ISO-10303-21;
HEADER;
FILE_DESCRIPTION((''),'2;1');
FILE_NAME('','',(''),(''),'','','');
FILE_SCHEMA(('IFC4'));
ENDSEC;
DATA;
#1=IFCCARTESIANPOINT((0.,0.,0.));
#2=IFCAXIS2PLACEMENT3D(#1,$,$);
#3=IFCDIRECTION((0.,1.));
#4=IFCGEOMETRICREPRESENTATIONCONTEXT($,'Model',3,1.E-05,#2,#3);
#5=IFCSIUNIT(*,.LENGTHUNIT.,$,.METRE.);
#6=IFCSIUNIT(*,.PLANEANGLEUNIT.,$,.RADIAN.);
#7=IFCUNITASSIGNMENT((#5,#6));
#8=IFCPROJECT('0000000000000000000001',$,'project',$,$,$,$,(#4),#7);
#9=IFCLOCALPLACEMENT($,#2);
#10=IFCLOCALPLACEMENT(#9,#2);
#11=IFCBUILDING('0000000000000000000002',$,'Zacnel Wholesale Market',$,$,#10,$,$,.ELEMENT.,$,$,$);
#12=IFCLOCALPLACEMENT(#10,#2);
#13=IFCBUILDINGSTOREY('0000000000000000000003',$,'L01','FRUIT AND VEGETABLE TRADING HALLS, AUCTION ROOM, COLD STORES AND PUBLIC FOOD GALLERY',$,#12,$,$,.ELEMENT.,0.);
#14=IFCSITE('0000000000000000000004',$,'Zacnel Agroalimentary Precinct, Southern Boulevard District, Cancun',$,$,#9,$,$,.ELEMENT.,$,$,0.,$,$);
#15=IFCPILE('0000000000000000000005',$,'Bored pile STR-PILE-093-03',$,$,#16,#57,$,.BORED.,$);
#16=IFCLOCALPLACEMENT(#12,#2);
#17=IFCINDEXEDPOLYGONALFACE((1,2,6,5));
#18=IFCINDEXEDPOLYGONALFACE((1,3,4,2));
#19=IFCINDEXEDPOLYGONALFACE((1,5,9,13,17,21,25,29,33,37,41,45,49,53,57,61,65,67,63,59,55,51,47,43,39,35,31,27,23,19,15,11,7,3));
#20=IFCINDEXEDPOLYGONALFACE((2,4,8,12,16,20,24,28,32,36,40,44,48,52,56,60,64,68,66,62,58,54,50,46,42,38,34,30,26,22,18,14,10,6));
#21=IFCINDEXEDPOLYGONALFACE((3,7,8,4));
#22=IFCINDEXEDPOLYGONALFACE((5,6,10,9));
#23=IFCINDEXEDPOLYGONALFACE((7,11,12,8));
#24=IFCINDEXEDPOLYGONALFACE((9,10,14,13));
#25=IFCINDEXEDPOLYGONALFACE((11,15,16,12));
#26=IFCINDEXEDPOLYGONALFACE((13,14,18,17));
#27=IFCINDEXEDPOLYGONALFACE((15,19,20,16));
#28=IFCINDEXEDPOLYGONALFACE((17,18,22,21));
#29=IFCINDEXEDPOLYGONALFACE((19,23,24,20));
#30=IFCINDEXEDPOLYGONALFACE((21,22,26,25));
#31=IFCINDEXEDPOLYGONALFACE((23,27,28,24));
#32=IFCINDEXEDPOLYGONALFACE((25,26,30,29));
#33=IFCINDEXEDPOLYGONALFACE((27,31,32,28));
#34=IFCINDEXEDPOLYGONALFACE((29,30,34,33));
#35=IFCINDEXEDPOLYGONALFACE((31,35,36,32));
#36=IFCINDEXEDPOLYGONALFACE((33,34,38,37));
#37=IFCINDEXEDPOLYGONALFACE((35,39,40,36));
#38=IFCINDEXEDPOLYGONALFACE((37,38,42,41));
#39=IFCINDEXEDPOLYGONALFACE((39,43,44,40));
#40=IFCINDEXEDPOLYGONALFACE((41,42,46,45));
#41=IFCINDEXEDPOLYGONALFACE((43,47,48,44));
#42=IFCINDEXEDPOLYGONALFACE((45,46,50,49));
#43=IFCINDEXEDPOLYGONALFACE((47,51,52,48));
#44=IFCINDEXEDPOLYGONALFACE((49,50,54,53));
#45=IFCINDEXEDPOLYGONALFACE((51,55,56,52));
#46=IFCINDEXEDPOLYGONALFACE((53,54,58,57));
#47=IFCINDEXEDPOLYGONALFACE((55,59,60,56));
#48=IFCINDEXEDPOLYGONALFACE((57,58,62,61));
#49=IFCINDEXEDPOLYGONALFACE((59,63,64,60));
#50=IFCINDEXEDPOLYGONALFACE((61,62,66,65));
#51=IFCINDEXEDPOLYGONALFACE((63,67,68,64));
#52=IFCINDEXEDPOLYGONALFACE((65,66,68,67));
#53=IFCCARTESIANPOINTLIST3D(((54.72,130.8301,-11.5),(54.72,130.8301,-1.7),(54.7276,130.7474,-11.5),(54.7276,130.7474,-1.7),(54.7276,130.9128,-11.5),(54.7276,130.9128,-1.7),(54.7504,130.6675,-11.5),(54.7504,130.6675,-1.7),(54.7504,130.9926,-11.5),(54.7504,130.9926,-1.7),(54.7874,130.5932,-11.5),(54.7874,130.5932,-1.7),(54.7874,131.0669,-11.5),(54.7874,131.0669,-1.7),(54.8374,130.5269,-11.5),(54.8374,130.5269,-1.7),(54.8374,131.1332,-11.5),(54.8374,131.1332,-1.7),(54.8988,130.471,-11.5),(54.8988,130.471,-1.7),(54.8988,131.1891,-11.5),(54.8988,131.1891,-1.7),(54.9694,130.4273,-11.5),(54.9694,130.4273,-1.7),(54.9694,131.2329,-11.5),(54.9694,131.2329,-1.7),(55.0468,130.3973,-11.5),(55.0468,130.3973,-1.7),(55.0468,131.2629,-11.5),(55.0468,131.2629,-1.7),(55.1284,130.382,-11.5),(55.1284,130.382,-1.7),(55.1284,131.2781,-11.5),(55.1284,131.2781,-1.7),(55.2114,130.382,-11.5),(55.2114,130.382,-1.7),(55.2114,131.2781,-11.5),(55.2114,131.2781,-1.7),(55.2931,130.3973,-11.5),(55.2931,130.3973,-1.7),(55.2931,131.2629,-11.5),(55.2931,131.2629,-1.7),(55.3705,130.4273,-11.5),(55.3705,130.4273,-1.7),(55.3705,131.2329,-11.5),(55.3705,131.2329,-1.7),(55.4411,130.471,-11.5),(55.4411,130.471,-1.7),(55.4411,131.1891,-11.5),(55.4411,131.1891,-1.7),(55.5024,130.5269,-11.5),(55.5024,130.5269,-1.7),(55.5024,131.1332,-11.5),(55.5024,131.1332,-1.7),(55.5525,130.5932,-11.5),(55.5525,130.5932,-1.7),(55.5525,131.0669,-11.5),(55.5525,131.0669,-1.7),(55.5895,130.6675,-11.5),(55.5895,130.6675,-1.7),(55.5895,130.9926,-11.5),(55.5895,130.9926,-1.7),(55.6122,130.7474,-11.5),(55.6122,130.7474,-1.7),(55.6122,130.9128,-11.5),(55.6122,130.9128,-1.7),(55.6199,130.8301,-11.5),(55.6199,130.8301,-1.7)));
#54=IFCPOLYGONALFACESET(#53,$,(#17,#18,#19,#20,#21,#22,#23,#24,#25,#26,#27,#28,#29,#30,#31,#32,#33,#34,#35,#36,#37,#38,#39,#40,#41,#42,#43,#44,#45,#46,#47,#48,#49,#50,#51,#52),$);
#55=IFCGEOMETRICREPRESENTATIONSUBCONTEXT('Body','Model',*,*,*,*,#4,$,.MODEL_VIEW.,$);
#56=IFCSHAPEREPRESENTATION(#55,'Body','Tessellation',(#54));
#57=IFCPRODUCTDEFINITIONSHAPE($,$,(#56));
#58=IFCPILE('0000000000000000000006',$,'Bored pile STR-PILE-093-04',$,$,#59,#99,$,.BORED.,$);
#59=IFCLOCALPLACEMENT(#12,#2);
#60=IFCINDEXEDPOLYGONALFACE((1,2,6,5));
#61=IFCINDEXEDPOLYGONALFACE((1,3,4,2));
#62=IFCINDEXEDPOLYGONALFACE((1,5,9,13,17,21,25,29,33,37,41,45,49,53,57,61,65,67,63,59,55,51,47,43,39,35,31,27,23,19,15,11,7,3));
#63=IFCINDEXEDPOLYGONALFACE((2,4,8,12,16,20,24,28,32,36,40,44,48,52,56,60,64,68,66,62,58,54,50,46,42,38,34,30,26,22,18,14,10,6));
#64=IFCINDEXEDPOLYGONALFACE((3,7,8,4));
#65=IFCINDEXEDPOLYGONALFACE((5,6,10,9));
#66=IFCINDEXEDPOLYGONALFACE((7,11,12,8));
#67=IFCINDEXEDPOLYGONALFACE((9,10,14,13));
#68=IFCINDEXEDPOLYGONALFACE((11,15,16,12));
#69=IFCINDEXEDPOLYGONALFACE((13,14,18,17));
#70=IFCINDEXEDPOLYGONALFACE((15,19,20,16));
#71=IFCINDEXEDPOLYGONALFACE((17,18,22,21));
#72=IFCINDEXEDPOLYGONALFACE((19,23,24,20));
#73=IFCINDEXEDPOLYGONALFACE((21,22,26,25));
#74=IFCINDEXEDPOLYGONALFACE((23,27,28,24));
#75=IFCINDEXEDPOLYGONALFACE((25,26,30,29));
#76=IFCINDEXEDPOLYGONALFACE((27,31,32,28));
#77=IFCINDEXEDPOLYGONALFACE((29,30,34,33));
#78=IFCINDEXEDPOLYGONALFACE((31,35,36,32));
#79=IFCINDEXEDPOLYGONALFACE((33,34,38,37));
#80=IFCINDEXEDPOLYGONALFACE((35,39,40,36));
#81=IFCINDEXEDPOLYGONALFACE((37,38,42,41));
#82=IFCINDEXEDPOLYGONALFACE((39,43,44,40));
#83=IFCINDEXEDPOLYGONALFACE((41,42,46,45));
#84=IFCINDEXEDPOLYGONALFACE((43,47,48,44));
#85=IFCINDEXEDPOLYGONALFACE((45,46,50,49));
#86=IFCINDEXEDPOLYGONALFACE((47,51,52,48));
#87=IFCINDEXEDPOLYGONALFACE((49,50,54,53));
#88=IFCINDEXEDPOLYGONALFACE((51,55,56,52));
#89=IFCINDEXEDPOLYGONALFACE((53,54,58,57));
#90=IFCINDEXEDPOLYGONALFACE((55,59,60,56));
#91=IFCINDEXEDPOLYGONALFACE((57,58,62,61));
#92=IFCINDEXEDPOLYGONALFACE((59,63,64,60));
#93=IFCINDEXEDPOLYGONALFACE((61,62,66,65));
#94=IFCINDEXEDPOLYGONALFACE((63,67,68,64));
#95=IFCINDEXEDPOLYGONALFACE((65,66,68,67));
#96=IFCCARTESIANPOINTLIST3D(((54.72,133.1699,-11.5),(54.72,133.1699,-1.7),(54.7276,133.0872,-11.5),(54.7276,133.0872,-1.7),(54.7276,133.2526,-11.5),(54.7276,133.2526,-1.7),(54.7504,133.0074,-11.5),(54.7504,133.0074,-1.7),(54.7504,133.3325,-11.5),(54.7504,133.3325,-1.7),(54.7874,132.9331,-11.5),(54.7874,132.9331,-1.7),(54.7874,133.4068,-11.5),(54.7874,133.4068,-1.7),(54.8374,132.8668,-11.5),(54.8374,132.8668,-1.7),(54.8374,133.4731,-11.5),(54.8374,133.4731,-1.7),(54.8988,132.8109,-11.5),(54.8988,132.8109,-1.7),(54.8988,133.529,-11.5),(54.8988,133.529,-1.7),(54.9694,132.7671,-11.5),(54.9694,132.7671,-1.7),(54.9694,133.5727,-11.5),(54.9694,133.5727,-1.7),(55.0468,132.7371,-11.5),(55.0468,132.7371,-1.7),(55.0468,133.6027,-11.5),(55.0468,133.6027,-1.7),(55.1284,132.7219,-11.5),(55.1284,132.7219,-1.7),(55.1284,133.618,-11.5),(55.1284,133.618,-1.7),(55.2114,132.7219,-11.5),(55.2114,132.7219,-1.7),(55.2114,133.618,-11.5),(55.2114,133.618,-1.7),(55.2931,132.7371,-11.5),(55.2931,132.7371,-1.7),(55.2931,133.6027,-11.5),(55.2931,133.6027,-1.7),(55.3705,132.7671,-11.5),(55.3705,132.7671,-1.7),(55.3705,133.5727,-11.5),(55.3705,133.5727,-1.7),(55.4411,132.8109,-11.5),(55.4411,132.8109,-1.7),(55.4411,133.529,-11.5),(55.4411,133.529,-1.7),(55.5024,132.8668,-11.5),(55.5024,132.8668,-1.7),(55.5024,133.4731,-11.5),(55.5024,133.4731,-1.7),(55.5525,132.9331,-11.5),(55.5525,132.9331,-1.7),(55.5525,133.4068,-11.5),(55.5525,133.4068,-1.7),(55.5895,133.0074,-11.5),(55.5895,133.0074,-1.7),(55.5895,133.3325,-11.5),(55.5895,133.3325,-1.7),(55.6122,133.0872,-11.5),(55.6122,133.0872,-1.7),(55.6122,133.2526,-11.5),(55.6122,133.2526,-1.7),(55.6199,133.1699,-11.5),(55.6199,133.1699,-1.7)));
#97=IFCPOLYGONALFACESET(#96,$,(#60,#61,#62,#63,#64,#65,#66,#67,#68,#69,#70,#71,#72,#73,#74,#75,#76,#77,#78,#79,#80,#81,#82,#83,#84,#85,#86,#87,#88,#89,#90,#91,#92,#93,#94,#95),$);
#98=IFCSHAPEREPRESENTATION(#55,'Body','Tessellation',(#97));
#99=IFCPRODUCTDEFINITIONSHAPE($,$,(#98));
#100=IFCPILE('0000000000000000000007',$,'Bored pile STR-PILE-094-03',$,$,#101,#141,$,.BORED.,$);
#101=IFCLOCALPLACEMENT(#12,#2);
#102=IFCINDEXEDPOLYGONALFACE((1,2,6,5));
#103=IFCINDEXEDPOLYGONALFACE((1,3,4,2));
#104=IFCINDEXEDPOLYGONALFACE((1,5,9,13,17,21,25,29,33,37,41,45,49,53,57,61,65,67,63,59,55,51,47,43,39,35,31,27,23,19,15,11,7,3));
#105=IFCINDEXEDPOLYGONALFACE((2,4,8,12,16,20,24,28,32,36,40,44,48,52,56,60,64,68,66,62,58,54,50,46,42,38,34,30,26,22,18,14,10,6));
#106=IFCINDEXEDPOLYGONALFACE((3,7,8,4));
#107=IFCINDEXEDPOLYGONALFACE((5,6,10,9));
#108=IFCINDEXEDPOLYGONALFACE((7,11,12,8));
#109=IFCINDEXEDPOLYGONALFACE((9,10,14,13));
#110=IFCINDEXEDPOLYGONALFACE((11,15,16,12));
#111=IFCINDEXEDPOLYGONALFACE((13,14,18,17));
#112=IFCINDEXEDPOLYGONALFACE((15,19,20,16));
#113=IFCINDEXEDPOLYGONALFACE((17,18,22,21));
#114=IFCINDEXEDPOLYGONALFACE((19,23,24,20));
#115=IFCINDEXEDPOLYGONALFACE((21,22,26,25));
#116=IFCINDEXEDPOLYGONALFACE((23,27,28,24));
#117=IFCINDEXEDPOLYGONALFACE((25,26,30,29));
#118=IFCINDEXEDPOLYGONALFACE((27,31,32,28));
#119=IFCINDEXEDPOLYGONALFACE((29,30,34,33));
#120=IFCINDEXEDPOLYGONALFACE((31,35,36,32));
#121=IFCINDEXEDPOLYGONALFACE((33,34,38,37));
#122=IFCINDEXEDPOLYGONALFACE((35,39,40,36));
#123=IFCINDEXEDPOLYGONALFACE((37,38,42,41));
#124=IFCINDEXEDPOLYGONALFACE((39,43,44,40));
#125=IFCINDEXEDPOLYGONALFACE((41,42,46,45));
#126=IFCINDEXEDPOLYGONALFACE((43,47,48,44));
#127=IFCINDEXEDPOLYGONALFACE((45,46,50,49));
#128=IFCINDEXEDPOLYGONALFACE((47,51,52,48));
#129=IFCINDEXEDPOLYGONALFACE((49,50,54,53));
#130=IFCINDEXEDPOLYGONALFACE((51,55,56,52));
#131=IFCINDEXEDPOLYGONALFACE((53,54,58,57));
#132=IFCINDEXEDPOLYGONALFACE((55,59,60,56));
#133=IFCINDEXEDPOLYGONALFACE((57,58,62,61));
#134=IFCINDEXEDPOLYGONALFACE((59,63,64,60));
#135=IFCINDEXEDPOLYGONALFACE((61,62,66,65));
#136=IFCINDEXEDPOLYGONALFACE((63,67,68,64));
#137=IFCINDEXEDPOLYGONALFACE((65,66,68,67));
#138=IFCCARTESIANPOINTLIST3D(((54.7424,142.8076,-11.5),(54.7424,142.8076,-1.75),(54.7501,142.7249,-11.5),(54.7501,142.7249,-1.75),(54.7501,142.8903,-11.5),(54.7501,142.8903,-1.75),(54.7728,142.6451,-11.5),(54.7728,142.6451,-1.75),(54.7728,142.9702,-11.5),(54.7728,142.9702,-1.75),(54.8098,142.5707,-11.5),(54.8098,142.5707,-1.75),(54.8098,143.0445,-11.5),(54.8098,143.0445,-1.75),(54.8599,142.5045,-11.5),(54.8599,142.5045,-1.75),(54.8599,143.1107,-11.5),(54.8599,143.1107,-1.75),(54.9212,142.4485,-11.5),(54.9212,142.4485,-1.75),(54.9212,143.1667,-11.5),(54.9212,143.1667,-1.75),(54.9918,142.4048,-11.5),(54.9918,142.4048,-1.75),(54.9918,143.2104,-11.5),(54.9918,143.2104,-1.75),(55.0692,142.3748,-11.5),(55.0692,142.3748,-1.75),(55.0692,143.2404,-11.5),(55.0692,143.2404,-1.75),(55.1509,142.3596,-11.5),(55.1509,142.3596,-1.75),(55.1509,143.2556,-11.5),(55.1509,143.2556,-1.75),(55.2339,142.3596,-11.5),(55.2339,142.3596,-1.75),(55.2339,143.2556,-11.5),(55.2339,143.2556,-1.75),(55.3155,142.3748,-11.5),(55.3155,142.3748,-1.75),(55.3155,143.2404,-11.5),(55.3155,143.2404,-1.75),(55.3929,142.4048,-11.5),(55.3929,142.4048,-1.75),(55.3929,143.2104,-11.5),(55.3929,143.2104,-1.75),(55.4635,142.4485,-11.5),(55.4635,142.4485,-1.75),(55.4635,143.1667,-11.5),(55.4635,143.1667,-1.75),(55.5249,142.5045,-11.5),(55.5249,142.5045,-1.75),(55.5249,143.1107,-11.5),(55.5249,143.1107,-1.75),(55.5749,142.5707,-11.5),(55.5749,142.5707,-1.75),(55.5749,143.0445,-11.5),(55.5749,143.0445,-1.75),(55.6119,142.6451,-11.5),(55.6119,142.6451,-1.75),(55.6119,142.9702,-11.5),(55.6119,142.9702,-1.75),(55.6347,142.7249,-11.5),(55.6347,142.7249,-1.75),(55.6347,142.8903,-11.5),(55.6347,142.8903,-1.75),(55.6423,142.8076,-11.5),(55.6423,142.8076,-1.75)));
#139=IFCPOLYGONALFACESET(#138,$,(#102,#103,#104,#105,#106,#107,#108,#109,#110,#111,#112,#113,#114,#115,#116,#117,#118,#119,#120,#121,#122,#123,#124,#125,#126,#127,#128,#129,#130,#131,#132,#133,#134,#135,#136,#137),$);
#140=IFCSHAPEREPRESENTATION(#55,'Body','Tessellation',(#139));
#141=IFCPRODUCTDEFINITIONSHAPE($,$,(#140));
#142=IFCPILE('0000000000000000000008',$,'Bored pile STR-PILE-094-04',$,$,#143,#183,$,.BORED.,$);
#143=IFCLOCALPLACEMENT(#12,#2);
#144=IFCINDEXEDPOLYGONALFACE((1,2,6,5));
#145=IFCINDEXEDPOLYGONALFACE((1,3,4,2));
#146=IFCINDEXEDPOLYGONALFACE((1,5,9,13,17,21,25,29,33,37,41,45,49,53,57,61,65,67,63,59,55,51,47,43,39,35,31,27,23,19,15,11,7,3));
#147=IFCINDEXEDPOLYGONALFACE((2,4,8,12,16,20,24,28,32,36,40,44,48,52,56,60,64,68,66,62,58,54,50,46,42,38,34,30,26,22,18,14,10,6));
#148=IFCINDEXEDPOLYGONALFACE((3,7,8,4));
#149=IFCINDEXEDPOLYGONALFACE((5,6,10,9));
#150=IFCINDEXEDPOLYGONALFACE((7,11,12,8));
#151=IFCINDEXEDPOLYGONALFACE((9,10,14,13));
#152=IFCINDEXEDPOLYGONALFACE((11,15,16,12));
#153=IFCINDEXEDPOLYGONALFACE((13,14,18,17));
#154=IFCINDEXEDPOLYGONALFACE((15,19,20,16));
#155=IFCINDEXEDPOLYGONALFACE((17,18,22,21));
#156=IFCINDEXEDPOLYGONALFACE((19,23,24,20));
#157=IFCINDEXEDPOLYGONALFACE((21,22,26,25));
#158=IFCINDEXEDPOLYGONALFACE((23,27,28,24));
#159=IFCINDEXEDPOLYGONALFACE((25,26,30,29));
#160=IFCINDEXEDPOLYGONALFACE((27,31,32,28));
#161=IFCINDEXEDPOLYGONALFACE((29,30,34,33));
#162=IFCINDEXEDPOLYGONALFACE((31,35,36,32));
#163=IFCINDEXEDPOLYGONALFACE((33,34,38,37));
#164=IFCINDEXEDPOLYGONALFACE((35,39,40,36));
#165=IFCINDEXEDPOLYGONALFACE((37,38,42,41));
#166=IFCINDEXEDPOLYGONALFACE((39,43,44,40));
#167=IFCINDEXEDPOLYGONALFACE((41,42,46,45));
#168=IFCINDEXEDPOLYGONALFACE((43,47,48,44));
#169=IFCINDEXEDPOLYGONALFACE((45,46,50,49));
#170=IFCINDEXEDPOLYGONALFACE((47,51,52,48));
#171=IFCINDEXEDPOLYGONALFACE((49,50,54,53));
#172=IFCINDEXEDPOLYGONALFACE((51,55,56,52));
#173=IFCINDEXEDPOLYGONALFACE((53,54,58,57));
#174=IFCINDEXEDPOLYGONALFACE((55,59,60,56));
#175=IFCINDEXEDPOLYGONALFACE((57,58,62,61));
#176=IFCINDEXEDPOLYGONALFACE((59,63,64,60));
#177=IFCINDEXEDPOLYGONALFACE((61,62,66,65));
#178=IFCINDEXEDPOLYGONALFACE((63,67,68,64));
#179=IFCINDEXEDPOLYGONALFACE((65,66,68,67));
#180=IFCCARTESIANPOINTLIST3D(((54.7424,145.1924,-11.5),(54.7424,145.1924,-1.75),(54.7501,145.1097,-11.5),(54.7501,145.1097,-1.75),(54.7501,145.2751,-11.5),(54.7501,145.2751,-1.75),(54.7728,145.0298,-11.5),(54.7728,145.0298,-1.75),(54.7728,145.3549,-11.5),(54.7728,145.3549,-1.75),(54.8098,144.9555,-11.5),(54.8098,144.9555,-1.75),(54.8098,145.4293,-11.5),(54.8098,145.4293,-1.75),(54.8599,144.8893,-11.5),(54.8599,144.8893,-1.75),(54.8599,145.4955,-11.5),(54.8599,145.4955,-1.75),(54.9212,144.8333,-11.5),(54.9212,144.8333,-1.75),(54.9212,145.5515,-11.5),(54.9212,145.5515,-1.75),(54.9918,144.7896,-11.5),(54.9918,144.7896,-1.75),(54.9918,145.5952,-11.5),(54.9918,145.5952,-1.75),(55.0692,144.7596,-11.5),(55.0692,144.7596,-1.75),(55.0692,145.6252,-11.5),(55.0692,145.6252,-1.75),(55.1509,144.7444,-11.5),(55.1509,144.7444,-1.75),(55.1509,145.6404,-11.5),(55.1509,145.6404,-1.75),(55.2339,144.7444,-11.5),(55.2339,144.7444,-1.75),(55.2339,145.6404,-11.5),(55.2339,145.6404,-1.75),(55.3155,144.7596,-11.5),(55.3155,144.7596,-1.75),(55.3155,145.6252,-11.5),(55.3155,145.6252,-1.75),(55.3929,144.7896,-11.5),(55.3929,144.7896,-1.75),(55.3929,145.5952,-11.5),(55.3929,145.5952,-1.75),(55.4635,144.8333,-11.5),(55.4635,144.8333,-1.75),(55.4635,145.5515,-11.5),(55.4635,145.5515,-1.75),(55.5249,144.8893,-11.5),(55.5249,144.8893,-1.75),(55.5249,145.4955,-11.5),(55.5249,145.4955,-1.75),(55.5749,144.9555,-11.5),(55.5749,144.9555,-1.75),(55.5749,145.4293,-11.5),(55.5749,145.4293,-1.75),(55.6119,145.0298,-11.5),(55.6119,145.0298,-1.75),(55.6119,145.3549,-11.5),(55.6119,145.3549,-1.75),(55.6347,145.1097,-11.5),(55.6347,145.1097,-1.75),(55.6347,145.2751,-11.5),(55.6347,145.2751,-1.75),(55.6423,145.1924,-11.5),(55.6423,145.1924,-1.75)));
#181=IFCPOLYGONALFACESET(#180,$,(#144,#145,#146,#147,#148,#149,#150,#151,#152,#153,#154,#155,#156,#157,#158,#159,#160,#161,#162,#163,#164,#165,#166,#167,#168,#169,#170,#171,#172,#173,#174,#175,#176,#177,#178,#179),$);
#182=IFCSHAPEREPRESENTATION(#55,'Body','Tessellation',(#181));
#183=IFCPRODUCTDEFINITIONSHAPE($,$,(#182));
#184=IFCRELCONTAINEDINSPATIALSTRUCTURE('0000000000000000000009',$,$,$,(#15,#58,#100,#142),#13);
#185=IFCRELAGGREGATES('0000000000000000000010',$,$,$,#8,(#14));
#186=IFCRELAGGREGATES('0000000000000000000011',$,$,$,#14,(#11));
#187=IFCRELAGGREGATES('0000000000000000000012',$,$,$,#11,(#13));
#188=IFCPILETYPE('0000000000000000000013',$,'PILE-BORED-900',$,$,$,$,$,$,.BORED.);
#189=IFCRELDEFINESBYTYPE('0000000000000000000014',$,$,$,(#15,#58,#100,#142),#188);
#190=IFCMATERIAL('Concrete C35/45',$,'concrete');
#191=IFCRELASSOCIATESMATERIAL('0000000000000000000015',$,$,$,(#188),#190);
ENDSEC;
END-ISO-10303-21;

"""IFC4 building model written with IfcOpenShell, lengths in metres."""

from ifc_helpers import new_model, si_unit, direction, frame, origin, origin_2d, place, context, subcontext, project, spatial, circle, extrude, material, material_profile, profile_set, type_object, element, save


model = new_model("IFC4")

# Units and contexts
model_context = context("Model", 3, precision=1e-05, world=origin(), true_north=direction((0.0, 1.0)))
body_context = subcontext(model_context, "Body", "Model", "MODEL_VIEW")
ifc_project = project(units=[si_unit("LENGTHUNIT", "METRE"), si_unit("PLANEANGLEUNIT", "RADIAN")], contexts=[model_context])

# Site, building, storey
site_placement = place(None, origin())
site = spatial("IfcSite", under=ifc_project, at=site_placement, Name="Zacnel Agroalimentary Precinct, Southern Boulevard District, Cancun", CompositionType="ELEMENT", RefElevation=0.0)
building_placement = place(site_placement, origin())
building = spatial("IfcBuilding", under=site, at=building_placement, Name="Zacnel Wholesale Market", CompositionType="ELEMENT")
storey_placement = place(building_placement, origin())
storey = spatial("IfcBuildingStorey", under=building, at=storey_placement, Name="L01", Description="FRUIT AND VEGETABLE TRADING HALLS, AUCTION ROOM, COLD STORES AND PUBLIC FOOD GALLERY", CompositionType="ELEMENT", Elevation=0.0)

# Piles
ifc_material_1 = material(Name="Concrete C35/45", Category="concrete")
ifc_material_profile_1 = material_profile(ifc_material_1, circle(Radius=0.45, at=origin_2d()), Name="BORED PILE D900")
ifc_profile_set_1 = profile_set([ifc_material_profile_1], Name="Concrete C35/45")
pile_type = type_object("IfcPileType", Name="PILE-BORED-900", PredefinedType="BORED", material=ifc_profile_set_1)
for number, where, z_axis, x_axis, name in (
    (1, (55.1699, 130.8301, -1.7), (0.0, 0.0, -1.0), (1.0, 0.0, 0.0), "Bored pile STR-PILE-093-03"),
    (2, (55.1699, 133.1699, -1.7), (0.0, 0.0, -1.0), (1.0, 0.0, 0.0), "Bored pile STR-PILE-093-04"),
):
    element("IfcPile", number, at=place(storey_placement, frame(where, z_axis=z_axis, x_axis=x_axis)), inside=storey, type_object=pile_type, Name=name, PredefinedType="BORED", context=body_context, shape_type="SweptSolid", body=[
        extrude(circle(Radius=0.45, at=origin_2d()), origin(), (0.0, 0.0, 1.0), 9.8),
    ])
for number, where, z_axis, x_axis, name in (
    (3, (55.1924, 142.8076, -1.75), (0.0, 0.0, -1.0), (1.0, 0.0, 0.0), "Bored pile STR-PILE-094-03"),
    (4, (55.1924, 145.1924, -1.75), (0.0, 0.0, -1.0), (1.0, 0.0, 0.0), "Bored pile STR-PILE-094-04"),
):
    element("IfcPile", number, at=place(storey_placement, frame(where, z_axis=z_axis, x_axis=x_axis)), inside=storey, type_object=pile_type, Name=name, PredefinedType="BORED", context=body_context, shape_type="SweptSolid", body=[
        extrude(circle(Radius=0.45, at=origin_2d()), origin(), (0.0, 0.0, 1.0), 9.75),
    ])

save(model, "model.ifc")
